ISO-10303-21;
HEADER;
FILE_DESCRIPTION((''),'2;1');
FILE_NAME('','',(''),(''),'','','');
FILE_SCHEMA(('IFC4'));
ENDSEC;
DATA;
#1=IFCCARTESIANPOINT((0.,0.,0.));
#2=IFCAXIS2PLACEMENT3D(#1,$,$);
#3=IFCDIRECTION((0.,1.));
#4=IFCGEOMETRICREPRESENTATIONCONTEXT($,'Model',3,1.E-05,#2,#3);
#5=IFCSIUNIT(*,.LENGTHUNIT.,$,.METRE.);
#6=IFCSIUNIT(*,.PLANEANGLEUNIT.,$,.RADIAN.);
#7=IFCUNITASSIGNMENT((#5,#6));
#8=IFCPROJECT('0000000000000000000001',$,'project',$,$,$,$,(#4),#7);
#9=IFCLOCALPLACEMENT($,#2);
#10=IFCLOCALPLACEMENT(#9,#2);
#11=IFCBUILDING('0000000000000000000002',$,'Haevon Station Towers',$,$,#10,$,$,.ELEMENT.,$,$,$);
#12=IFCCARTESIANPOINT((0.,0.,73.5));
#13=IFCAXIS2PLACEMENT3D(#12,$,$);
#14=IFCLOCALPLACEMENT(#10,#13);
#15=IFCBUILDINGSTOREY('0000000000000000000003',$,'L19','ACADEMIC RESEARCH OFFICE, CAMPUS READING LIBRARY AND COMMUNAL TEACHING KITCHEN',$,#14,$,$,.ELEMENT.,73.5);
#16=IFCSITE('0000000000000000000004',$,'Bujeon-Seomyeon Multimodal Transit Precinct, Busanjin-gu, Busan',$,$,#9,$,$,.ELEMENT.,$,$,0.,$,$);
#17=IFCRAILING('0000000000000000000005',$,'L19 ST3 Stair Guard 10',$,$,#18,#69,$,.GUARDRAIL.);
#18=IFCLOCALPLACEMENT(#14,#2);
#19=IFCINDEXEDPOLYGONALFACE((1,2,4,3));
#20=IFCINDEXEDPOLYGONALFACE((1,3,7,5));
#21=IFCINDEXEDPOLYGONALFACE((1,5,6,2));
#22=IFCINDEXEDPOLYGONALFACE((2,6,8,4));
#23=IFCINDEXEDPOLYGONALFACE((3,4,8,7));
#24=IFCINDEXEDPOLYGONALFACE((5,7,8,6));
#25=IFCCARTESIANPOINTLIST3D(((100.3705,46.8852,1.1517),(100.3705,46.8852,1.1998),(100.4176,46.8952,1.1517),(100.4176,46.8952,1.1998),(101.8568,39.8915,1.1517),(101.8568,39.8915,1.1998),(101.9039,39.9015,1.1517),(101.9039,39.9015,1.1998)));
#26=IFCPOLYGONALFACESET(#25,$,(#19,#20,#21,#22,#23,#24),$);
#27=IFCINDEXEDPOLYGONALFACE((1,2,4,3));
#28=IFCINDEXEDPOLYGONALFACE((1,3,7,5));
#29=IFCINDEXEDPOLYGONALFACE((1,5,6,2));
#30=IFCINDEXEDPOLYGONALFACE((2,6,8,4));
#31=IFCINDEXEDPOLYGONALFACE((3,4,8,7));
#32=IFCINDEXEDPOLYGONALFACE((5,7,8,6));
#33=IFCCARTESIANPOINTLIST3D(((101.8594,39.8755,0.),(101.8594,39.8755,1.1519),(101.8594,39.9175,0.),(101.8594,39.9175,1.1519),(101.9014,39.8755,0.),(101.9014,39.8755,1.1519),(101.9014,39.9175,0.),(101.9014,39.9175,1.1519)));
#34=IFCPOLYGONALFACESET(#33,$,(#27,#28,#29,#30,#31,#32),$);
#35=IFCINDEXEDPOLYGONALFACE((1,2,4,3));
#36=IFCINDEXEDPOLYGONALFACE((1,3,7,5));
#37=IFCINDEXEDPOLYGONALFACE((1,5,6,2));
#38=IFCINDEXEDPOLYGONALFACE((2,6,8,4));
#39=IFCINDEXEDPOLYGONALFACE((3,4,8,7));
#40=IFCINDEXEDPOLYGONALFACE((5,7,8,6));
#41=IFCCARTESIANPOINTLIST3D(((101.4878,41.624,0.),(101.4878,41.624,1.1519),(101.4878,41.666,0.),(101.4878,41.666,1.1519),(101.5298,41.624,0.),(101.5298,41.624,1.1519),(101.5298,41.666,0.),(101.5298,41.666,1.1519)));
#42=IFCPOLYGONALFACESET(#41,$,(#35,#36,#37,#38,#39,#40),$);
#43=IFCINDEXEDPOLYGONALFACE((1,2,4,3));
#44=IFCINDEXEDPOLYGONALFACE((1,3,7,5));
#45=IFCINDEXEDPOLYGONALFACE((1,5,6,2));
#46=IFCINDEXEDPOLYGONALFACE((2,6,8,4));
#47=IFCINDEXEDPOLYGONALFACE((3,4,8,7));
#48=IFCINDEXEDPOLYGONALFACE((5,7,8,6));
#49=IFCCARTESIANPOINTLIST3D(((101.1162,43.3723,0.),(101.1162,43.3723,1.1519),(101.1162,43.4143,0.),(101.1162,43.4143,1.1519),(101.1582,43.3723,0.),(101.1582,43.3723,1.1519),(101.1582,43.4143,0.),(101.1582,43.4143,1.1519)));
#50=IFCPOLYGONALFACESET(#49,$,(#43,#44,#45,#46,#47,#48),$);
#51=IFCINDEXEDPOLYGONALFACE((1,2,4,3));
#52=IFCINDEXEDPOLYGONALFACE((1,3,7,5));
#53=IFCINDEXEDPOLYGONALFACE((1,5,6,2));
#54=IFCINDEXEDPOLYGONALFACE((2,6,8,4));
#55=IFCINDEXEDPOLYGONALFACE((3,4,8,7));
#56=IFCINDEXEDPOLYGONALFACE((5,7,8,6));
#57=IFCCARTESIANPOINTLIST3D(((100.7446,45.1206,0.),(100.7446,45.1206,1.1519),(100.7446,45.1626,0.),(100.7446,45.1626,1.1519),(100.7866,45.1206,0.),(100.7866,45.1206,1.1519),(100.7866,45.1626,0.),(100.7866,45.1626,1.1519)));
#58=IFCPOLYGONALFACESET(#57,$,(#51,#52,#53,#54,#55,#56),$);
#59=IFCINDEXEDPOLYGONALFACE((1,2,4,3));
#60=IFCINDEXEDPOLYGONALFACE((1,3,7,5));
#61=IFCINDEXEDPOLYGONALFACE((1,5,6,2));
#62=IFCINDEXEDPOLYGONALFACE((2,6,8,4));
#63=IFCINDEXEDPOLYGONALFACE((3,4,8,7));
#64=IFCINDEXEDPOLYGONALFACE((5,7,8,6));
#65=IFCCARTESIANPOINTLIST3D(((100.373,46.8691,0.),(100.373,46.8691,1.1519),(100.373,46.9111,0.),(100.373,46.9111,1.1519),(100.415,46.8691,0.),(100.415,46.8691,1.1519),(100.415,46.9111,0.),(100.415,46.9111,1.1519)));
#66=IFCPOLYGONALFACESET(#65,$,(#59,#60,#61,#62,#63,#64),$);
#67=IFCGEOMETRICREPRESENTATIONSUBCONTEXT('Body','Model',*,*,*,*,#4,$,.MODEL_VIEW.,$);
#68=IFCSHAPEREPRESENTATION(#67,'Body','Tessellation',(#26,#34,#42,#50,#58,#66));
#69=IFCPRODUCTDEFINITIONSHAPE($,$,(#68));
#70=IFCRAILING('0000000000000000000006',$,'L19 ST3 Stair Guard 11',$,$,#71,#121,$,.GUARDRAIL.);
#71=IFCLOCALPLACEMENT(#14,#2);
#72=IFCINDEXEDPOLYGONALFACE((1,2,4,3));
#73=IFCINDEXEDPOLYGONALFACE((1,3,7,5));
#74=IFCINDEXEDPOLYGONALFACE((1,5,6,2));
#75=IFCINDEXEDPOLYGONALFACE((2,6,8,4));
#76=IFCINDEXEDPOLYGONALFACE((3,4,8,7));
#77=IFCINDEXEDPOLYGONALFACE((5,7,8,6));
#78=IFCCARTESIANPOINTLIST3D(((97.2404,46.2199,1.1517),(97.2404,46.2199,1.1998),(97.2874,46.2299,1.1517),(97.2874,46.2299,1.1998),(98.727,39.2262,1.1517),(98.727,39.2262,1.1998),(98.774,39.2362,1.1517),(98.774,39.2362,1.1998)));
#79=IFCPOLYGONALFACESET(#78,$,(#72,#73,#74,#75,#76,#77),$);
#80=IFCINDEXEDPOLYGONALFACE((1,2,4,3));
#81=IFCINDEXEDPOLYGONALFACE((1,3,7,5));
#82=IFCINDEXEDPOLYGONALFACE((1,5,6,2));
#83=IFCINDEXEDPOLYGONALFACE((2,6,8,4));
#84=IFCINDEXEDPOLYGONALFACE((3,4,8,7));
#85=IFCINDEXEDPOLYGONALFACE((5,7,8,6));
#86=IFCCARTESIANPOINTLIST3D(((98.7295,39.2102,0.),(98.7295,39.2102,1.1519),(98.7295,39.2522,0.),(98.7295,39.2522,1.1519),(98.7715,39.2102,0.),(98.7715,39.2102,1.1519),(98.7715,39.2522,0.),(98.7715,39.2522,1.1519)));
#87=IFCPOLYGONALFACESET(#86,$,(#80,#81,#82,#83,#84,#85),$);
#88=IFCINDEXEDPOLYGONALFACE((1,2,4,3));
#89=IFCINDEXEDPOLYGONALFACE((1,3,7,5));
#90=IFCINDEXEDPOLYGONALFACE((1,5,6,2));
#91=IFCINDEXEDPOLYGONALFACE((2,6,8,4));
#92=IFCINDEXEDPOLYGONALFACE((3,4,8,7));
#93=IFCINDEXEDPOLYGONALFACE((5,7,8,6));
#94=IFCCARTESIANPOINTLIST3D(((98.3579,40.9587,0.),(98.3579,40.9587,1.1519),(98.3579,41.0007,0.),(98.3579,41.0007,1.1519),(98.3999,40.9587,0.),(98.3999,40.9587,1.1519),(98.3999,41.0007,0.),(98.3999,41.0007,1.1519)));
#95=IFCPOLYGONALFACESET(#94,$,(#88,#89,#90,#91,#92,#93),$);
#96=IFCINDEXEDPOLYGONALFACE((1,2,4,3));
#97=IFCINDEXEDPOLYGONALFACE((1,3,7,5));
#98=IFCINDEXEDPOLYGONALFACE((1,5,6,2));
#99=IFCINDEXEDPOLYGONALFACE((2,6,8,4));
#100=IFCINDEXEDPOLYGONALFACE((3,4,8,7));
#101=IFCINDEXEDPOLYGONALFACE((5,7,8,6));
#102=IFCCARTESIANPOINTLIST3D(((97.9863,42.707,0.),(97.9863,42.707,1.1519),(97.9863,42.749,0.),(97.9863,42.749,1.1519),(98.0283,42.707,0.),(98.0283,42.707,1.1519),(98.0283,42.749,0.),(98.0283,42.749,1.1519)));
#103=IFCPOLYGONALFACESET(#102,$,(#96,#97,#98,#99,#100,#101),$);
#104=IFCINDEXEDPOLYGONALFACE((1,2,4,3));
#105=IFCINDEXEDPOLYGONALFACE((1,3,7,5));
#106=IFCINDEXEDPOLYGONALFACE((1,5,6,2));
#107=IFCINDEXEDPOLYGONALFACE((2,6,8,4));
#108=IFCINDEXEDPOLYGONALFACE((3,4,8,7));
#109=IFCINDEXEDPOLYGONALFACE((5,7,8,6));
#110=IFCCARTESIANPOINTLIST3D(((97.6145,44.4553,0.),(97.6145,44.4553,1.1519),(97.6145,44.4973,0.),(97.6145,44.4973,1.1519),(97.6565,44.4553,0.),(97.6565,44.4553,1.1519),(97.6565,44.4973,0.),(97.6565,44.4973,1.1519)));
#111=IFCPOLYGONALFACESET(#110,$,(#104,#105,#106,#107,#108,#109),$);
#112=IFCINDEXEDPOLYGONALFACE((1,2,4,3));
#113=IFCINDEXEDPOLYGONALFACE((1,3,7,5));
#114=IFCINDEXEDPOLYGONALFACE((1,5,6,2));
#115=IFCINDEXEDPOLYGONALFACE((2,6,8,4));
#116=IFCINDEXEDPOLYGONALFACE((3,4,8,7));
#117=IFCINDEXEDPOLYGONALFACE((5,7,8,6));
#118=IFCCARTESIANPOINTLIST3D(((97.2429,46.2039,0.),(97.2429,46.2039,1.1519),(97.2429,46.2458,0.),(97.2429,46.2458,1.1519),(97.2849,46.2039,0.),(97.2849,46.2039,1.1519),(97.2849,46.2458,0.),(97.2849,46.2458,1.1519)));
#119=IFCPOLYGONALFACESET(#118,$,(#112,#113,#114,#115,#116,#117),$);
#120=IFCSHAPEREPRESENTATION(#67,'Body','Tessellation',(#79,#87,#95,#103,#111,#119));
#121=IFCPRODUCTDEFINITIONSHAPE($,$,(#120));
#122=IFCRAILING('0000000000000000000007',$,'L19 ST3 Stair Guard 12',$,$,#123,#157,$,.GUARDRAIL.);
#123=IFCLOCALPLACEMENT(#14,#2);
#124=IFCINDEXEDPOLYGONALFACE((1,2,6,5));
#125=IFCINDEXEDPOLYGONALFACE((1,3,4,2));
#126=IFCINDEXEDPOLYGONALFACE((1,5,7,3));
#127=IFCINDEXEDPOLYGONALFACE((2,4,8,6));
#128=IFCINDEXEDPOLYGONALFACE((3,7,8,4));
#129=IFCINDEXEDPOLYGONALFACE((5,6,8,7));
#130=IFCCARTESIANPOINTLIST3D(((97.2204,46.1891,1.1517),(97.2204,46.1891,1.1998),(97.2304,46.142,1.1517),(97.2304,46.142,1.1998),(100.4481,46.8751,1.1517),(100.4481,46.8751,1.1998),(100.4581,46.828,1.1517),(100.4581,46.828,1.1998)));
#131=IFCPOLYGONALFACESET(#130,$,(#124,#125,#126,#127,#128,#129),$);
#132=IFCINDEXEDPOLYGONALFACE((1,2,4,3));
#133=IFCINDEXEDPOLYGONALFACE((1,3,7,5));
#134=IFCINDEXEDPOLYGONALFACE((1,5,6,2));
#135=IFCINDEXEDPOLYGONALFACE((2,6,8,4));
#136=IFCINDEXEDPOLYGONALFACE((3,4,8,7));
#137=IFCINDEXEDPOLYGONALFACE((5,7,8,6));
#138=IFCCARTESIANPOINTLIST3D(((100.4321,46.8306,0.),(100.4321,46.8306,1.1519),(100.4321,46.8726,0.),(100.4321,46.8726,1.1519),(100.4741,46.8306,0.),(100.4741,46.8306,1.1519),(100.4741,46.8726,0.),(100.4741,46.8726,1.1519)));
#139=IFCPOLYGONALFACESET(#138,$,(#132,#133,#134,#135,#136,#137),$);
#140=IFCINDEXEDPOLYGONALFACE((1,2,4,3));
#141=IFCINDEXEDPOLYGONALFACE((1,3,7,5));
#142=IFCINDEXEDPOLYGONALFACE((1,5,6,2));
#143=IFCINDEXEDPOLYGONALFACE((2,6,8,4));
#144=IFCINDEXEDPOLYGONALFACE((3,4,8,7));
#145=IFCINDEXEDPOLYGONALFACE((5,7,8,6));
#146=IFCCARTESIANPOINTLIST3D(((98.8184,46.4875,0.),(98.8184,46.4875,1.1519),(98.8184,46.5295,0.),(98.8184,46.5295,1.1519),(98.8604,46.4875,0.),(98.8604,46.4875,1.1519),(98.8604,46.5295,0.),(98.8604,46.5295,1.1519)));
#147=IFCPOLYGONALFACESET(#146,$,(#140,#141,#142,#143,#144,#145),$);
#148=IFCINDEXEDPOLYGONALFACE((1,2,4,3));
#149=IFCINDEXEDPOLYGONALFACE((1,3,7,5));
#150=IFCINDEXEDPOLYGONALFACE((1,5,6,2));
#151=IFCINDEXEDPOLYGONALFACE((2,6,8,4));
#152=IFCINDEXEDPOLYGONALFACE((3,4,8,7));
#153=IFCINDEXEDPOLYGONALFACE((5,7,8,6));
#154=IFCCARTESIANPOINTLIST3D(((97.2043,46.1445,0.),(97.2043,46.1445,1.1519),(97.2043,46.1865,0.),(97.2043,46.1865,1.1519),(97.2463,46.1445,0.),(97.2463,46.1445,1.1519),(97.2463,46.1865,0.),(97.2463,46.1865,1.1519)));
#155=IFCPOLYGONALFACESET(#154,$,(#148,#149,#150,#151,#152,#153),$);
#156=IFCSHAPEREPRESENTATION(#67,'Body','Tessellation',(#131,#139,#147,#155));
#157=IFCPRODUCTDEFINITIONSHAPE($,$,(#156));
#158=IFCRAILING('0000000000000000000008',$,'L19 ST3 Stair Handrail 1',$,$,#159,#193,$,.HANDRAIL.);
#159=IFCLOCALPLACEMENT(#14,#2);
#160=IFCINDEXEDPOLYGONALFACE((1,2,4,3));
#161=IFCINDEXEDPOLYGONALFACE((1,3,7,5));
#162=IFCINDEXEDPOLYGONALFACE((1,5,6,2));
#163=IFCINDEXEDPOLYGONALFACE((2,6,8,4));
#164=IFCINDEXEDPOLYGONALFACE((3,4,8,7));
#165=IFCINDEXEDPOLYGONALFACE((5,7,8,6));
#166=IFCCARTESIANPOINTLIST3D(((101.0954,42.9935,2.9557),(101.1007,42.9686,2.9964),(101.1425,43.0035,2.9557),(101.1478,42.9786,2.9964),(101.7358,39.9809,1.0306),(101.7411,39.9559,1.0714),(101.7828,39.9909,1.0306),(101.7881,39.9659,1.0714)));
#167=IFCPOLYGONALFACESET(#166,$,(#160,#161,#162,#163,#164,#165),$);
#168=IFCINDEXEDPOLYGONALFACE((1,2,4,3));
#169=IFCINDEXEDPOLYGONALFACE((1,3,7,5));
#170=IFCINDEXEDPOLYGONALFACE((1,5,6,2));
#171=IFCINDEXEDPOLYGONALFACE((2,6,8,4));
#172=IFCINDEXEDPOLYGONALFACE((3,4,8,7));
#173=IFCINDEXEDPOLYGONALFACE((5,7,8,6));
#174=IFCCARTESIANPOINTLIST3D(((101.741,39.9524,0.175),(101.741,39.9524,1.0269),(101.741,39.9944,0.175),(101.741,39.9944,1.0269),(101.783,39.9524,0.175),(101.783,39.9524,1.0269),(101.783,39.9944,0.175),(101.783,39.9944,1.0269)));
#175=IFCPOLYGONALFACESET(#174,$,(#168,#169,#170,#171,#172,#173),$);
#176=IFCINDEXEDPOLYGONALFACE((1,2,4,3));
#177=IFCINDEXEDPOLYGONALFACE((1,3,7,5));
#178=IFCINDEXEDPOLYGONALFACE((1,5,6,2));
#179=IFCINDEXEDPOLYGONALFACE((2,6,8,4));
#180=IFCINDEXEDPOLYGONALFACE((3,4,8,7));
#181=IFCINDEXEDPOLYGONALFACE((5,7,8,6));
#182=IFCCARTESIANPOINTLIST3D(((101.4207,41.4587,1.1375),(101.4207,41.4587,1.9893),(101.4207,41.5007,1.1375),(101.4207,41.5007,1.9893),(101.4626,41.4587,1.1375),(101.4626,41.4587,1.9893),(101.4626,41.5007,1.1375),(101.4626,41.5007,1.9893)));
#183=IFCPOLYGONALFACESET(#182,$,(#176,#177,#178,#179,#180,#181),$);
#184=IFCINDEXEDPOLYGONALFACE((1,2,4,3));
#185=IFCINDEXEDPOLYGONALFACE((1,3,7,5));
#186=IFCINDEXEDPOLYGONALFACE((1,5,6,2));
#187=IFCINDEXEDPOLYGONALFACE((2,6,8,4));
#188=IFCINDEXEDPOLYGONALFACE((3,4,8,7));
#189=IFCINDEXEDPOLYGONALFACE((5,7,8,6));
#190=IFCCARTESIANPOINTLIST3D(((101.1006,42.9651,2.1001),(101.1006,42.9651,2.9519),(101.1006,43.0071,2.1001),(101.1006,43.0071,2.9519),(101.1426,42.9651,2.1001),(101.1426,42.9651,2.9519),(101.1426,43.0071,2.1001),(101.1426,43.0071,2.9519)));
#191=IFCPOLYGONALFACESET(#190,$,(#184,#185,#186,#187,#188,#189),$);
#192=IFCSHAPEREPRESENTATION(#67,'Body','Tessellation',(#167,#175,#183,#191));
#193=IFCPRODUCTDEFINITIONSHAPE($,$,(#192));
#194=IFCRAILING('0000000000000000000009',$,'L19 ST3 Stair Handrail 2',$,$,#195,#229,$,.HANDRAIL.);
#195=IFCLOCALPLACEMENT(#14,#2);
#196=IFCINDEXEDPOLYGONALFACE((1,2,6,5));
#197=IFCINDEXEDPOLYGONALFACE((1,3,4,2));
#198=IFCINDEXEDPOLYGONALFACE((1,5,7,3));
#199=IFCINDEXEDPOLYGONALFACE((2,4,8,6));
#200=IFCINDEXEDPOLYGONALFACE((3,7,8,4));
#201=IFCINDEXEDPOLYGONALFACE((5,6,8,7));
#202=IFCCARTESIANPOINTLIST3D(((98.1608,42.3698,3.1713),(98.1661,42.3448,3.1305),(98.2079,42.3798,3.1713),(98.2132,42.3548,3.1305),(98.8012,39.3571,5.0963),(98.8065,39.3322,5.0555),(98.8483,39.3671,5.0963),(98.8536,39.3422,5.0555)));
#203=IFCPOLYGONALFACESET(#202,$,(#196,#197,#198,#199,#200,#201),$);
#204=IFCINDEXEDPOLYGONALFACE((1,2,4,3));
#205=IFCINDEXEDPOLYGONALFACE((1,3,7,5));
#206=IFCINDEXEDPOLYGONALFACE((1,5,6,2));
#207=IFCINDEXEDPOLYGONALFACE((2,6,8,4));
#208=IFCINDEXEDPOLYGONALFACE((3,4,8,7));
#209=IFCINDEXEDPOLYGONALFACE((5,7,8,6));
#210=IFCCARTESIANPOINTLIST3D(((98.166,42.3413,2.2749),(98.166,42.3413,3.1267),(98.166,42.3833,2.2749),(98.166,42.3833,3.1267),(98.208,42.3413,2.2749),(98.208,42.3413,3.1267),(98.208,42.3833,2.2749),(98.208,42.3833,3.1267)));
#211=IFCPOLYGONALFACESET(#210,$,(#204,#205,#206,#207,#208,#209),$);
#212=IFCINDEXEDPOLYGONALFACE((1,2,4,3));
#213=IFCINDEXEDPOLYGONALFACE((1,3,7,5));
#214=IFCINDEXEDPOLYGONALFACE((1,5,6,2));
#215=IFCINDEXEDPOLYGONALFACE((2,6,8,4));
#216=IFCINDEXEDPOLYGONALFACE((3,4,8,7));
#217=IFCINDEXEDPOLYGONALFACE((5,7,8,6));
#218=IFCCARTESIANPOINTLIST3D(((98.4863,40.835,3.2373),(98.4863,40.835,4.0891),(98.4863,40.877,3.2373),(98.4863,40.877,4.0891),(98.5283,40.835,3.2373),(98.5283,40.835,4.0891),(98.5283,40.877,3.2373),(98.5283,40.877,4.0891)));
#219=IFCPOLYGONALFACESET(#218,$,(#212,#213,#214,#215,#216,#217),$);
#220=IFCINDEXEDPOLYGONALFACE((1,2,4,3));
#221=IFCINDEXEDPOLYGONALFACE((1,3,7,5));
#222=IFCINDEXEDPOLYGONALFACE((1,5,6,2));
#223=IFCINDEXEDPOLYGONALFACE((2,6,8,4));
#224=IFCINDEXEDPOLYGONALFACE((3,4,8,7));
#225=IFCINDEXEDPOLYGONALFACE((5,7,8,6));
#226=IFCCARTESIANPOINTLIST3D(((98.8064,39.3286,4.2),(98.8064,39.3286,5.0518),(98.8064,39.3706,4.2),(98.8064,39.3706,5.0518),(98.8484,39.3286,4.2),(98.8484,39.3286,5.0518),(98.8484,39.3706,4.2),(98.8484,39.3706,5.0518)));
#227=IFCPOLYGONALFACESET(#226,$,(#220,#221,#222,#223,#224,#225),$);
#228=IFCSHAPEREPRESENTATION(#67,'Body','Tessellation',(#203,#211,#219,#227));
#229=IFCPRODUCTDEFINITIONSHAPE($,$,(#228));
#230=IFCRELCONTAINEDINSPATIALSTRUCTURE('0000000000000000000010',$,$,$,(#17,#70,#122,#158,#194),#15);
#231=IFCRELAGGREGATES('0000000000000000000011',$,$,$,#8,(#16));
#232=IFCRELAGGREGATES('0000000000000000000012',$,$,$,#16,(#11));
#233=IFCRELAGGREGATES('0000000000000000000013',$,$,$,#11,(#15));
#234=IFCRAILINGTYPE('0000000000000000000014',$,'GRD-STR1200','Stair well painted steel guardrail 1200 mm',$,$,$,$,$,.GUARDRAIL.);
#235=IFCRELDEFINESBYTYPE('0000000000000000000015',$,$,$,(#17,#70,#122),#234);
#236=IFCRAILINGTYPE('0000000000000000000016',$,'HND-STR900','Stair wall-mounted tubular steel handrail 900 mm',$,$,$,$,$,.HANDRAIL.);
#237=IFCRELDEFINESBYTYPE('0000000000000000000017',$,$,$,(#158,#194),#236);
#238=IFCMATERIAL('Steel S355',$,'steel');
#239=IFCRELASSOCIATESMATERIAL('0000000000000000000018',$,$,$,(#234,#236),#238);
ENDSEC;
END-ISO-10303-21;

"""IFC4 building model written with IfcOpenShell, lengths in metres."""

from ifc_helpers import new_model, si_unit, direction, frame, origin, origin_2d, place, context, subcontext, project, spatial, rectangle, extrude, material, type_object, element, save


model = new_model("IFC4")

# Units and contexts
model_context = context("Model", 3, precision=1e-05, world=origin(), true_north=direction((0.0, 1.0)))
body_context = subcontext(model_context, "Body", "Model", "MODEL_VIEW")
ifc_project = project(units=[si_unit("LENGTHUNIT", "METRE"), si_unit("PLANEANGLEUNIT", "RADIAN")], contexts=[model_context])

# Site, building, storey
site_placement = place(None, origin())
site = spatial("IfcSite", under=ifc_project, at=site_placement, Name="Bujeon-Seomyeon Multimodal Transit Precinct, Busanjin-gu, Busan", CompositionType="ELEMENT", RefElevation=0.0)
building_placement = place(site_placement, origin())
building = spatial("IfcBuilding", under=site, at=building_placement, Name="Haevon Station Towers", CompositionType="ELEMENT")
storey_placement = place(building_placement, frame((0.0, 0.0, 73.5)))
storey = spatial("IfcBuildingStorey", under=building, at=storey_placement, Name="L19", Description="ACADEMIC RESEARCH OFFICE, CAMPUS READING LIBRARY AND COMMUNAL TEACHING KITCHEN", CompositionType="ELEMENT", Elevation=73.5)

# Shared definitions
ifc_material_1 = material(Name="Steel S355", Category="steel")

# Railings
railing_type_1 = type_object("IfcRailingType", Name="GRD-STR1200", Description="Stair well painted steel guardrail 1200 mm", PredefinedType="GUARDRAIL", material=ifc_material_1)
railing_1_placement = place(storey_placement, frame((101.8804, 39.8965, 0.0)))
element("IfcRailing", 1, at=railing_1_placement, inside=storey, type_object=railing_type_1, Name="L19 ST3 Stair Guard 10", PredefinedType="GUARDRAIL", context=body_context, shape_type="SweptSolid", body=[
    extrude(rectangle(XDim=0.0481, YDim=0.0481, at=origin_2d()), frame((0.0, 0.0, 1.1758), z_axis=(-0.207882, 0.978154, 0.0), x_axis=(-0.978154, -0.207882, 0.0)), (0.0, 0.0, 1.0), 7.1499),
    extrude(rectangle(XDim=0.042, YDim=0.042, at=origin_2d()), origin(), (0.0, 0.0, 1.0), 1.1519),
    extrude(rectangle(XDim=0.042, YDim=0.042, at=origin_2d()), frame((-0.3716, 1.7485, 0.0)), (0.0, 0.0, 1.0), 1.1519),
    extrude(rectangle(XDim=0.042, YDim=0.042, at=origin_2d()), frame((-0.7432, 3.4968, 0.0)), (0.0, 0.0, 1.0), 1.1519),
    extrude(rectangle(XDim=0.042, YDim=0.042, at=origin_2d()), frame((-1.1147, 5.2451, 0.0)), (0.0, 0.0, 1.0), 1.1519),
    extrude(rectangle(XDim=0.042, YDim=0.042, at=origin_2d()), frame((-1.4863, 6.9937, 0.0)), (0.0, 0.0, 1.0), 1.1519),
])
railing_2_placement = place(storey_placement, frame((98.7505, 39.2312, 0.0)))
element("IfcRailing", 2, at=railing_2_placement, inside=storey, type_object=railing_type_1, Name="L19 ST3 Stair Guard 11", PredefinedType="GUARDRAIL", context=body_context, shape_type="SweptSolid", body=[
    extrude(rectangle(XDim=0.0481, YDim=0.0481, at=origin_2d()), frame((0.0, 0.0, 1.1758), z_axis=(-0.207915, 0.978147, 0.0), x_axis=(-0.978147, -0.207915, 0.0)), (0.0, 0.0, 1.0), 7.1499),
    extrude(rectangle(XDim=0.042, YDim=0.042, at=origin_2d()), origin(), (0.0, 0.0, 1.0), 1.1519),
    extrude(rectangle(XDim=0.042, YDim=0.042, at=origin_2d()), frame((-0.3716, 1.7485, 0.0)), (0.0, 0.0, 1.0), 1.1519),
    extrude(rectangle(XDim=0.042, YDim=0.042, at=origin_2d()), frame((-0.7432, 3.4968, 0.0)), (0.0, 0.0, 1.0), 1.1519),
    extrude(rectangle(XDim=0.042, YDim=0.042, at=origin_2d()), frame((-1.115, 5.2451, 0.0)), (0.0, 0.0, 1.0), 1.1519),
    extrude(rectangle(XDim=0.042, YDim=0.042, at=origin_2d()), frame((-1.4866, 6.9937, 0.0)), (0.0, 0.0, 1.0), 1.1519),
])
railing_3_placement = place(storey_placement, frame((100.4531, 46.8516, 0.0)))
element("IfcRailing", 3, at=railing_3_placement, inside=storey, type_object=railing_type_1, Name="L19 ST3 Stair Guard 12", PredefinedType="GUARDRAIL", context=body_context, shape_type="SweptSolid", body=[
    extrude(rectangle(XDim=0.0481, YDim=0.0481, at=origin_2d()), frame((0.0, 0.0, 1.1758), z_axis=(-0.978151, -0.207897, 0.0), x_axis=(0.207897, -0.978151, 0.0)), (0.0, 0.0, 1.0), 3.2998),
    extrude(rectangle(XDim=0.042, YDim=0.042, at=origin_2d()), origin(), (0.0, 0.0, 1.0), 1.1519),
    extrude(rectangle(XDim=0.042, YDim=0.042, at=origin_2d()), frame((-1.6138, -0.343, 0.0)), (0.0, 0.0, 1.0), 1.1519),
    extrude(rectangle(XDim=0.042, YDim=0.042, at=origin_2d()), frame((-3.2278, -0.686, 0.0)), (0.0, 0.0, 1.0), 1.1519),
])
railing_type_2 = type_object("IfcRailingType", Name="HND-STR900", Description="Stair wall-mounted tubular steel handrail 900 mm", PredefinedType="HANDRAIL", material=ifc_material_1)
railing_4_placement = place(storey_placement, frame((101.762, 39.9734, 0.175)))
element("IfcRailing", 4, at=railing_4_placement, inside=storey, type_object=railing_type_2, Name="L19 ST3 Stair Handrail 1", PredefinedType="HANDRAIL", context=body_context, shape_type="SweptSolid", body=[
    extrude(rectangle(XDim=0.0481, YDim=0.0481, at=origin_2d()), frame((0.0, 0.0, 0.876), z_axis=(-0.176311, 0.829461, 0.530008), x_axis=(-0.978147, -0.207916, 0.0)), (0.0, 0.0, 1.0), 3.6321),
    extrude(rectangle(XDim=0.042, YDim=0.042, at=origin_2d()), origin(), (0.0, 0.0, 1.0), 0.8518),
    extrude(rectangle(XDim=0.042, YDim=0.042, at=origin_2d()), frame((-0.3203, 1.5063, 0.9624)), (0.0, 0.0, 1.0), 0.8518),
    extrude(rectangle(XDim=0.042, YDim=0.042, at=origin_2d()), frame((-0.6404, 3.0127, 1.925)), (0.0, 0.0, 1.0), 0.8518),
])
railing_5_placement = place(storey_placement, frame((98.187, 42.3623, 2.2749)))
element("IfcRailing", 5, at=railing_5_placement, inside=storey, type_object=railing_type_2, Name="L19 ST3 Stair Handrail 2", PredefinedType="HANDRAIL", context=body_context, shape_type="SweptSolid", body=[
    extrude(rectangle(XDim=0.0481, YDim=0.0481, at=origin_2d()), frame((0.0, 0.0, 0.876), z_axis=(0.176311, -0.829461, 0.530008), x_axis=(0.978147, 0.207916, 0.0)), (0.0, 0.0, 1.0), 3.6321),
    extrude(rectangle(XDim=0.042, YDim=0.042, at=origin_2d()), origin(), (0.0, 0.0, 1.0), 0.8518),
    extrude(rectangle(XDim=0.042, YDim=0.042, at=origin_2d()), frame((0.3203, -1.5063, 0.9624)), (0.0, 0.0, 1.0), 0.8518),
    extrude(rectangle(XDim=0.042, YDim=0.042, at=origin_2d()), frame((0.6404, -3.0127, 1.925)), (0.0, 0.0, 1.0), 0.8518),
])

save(model, "model.ifc")
